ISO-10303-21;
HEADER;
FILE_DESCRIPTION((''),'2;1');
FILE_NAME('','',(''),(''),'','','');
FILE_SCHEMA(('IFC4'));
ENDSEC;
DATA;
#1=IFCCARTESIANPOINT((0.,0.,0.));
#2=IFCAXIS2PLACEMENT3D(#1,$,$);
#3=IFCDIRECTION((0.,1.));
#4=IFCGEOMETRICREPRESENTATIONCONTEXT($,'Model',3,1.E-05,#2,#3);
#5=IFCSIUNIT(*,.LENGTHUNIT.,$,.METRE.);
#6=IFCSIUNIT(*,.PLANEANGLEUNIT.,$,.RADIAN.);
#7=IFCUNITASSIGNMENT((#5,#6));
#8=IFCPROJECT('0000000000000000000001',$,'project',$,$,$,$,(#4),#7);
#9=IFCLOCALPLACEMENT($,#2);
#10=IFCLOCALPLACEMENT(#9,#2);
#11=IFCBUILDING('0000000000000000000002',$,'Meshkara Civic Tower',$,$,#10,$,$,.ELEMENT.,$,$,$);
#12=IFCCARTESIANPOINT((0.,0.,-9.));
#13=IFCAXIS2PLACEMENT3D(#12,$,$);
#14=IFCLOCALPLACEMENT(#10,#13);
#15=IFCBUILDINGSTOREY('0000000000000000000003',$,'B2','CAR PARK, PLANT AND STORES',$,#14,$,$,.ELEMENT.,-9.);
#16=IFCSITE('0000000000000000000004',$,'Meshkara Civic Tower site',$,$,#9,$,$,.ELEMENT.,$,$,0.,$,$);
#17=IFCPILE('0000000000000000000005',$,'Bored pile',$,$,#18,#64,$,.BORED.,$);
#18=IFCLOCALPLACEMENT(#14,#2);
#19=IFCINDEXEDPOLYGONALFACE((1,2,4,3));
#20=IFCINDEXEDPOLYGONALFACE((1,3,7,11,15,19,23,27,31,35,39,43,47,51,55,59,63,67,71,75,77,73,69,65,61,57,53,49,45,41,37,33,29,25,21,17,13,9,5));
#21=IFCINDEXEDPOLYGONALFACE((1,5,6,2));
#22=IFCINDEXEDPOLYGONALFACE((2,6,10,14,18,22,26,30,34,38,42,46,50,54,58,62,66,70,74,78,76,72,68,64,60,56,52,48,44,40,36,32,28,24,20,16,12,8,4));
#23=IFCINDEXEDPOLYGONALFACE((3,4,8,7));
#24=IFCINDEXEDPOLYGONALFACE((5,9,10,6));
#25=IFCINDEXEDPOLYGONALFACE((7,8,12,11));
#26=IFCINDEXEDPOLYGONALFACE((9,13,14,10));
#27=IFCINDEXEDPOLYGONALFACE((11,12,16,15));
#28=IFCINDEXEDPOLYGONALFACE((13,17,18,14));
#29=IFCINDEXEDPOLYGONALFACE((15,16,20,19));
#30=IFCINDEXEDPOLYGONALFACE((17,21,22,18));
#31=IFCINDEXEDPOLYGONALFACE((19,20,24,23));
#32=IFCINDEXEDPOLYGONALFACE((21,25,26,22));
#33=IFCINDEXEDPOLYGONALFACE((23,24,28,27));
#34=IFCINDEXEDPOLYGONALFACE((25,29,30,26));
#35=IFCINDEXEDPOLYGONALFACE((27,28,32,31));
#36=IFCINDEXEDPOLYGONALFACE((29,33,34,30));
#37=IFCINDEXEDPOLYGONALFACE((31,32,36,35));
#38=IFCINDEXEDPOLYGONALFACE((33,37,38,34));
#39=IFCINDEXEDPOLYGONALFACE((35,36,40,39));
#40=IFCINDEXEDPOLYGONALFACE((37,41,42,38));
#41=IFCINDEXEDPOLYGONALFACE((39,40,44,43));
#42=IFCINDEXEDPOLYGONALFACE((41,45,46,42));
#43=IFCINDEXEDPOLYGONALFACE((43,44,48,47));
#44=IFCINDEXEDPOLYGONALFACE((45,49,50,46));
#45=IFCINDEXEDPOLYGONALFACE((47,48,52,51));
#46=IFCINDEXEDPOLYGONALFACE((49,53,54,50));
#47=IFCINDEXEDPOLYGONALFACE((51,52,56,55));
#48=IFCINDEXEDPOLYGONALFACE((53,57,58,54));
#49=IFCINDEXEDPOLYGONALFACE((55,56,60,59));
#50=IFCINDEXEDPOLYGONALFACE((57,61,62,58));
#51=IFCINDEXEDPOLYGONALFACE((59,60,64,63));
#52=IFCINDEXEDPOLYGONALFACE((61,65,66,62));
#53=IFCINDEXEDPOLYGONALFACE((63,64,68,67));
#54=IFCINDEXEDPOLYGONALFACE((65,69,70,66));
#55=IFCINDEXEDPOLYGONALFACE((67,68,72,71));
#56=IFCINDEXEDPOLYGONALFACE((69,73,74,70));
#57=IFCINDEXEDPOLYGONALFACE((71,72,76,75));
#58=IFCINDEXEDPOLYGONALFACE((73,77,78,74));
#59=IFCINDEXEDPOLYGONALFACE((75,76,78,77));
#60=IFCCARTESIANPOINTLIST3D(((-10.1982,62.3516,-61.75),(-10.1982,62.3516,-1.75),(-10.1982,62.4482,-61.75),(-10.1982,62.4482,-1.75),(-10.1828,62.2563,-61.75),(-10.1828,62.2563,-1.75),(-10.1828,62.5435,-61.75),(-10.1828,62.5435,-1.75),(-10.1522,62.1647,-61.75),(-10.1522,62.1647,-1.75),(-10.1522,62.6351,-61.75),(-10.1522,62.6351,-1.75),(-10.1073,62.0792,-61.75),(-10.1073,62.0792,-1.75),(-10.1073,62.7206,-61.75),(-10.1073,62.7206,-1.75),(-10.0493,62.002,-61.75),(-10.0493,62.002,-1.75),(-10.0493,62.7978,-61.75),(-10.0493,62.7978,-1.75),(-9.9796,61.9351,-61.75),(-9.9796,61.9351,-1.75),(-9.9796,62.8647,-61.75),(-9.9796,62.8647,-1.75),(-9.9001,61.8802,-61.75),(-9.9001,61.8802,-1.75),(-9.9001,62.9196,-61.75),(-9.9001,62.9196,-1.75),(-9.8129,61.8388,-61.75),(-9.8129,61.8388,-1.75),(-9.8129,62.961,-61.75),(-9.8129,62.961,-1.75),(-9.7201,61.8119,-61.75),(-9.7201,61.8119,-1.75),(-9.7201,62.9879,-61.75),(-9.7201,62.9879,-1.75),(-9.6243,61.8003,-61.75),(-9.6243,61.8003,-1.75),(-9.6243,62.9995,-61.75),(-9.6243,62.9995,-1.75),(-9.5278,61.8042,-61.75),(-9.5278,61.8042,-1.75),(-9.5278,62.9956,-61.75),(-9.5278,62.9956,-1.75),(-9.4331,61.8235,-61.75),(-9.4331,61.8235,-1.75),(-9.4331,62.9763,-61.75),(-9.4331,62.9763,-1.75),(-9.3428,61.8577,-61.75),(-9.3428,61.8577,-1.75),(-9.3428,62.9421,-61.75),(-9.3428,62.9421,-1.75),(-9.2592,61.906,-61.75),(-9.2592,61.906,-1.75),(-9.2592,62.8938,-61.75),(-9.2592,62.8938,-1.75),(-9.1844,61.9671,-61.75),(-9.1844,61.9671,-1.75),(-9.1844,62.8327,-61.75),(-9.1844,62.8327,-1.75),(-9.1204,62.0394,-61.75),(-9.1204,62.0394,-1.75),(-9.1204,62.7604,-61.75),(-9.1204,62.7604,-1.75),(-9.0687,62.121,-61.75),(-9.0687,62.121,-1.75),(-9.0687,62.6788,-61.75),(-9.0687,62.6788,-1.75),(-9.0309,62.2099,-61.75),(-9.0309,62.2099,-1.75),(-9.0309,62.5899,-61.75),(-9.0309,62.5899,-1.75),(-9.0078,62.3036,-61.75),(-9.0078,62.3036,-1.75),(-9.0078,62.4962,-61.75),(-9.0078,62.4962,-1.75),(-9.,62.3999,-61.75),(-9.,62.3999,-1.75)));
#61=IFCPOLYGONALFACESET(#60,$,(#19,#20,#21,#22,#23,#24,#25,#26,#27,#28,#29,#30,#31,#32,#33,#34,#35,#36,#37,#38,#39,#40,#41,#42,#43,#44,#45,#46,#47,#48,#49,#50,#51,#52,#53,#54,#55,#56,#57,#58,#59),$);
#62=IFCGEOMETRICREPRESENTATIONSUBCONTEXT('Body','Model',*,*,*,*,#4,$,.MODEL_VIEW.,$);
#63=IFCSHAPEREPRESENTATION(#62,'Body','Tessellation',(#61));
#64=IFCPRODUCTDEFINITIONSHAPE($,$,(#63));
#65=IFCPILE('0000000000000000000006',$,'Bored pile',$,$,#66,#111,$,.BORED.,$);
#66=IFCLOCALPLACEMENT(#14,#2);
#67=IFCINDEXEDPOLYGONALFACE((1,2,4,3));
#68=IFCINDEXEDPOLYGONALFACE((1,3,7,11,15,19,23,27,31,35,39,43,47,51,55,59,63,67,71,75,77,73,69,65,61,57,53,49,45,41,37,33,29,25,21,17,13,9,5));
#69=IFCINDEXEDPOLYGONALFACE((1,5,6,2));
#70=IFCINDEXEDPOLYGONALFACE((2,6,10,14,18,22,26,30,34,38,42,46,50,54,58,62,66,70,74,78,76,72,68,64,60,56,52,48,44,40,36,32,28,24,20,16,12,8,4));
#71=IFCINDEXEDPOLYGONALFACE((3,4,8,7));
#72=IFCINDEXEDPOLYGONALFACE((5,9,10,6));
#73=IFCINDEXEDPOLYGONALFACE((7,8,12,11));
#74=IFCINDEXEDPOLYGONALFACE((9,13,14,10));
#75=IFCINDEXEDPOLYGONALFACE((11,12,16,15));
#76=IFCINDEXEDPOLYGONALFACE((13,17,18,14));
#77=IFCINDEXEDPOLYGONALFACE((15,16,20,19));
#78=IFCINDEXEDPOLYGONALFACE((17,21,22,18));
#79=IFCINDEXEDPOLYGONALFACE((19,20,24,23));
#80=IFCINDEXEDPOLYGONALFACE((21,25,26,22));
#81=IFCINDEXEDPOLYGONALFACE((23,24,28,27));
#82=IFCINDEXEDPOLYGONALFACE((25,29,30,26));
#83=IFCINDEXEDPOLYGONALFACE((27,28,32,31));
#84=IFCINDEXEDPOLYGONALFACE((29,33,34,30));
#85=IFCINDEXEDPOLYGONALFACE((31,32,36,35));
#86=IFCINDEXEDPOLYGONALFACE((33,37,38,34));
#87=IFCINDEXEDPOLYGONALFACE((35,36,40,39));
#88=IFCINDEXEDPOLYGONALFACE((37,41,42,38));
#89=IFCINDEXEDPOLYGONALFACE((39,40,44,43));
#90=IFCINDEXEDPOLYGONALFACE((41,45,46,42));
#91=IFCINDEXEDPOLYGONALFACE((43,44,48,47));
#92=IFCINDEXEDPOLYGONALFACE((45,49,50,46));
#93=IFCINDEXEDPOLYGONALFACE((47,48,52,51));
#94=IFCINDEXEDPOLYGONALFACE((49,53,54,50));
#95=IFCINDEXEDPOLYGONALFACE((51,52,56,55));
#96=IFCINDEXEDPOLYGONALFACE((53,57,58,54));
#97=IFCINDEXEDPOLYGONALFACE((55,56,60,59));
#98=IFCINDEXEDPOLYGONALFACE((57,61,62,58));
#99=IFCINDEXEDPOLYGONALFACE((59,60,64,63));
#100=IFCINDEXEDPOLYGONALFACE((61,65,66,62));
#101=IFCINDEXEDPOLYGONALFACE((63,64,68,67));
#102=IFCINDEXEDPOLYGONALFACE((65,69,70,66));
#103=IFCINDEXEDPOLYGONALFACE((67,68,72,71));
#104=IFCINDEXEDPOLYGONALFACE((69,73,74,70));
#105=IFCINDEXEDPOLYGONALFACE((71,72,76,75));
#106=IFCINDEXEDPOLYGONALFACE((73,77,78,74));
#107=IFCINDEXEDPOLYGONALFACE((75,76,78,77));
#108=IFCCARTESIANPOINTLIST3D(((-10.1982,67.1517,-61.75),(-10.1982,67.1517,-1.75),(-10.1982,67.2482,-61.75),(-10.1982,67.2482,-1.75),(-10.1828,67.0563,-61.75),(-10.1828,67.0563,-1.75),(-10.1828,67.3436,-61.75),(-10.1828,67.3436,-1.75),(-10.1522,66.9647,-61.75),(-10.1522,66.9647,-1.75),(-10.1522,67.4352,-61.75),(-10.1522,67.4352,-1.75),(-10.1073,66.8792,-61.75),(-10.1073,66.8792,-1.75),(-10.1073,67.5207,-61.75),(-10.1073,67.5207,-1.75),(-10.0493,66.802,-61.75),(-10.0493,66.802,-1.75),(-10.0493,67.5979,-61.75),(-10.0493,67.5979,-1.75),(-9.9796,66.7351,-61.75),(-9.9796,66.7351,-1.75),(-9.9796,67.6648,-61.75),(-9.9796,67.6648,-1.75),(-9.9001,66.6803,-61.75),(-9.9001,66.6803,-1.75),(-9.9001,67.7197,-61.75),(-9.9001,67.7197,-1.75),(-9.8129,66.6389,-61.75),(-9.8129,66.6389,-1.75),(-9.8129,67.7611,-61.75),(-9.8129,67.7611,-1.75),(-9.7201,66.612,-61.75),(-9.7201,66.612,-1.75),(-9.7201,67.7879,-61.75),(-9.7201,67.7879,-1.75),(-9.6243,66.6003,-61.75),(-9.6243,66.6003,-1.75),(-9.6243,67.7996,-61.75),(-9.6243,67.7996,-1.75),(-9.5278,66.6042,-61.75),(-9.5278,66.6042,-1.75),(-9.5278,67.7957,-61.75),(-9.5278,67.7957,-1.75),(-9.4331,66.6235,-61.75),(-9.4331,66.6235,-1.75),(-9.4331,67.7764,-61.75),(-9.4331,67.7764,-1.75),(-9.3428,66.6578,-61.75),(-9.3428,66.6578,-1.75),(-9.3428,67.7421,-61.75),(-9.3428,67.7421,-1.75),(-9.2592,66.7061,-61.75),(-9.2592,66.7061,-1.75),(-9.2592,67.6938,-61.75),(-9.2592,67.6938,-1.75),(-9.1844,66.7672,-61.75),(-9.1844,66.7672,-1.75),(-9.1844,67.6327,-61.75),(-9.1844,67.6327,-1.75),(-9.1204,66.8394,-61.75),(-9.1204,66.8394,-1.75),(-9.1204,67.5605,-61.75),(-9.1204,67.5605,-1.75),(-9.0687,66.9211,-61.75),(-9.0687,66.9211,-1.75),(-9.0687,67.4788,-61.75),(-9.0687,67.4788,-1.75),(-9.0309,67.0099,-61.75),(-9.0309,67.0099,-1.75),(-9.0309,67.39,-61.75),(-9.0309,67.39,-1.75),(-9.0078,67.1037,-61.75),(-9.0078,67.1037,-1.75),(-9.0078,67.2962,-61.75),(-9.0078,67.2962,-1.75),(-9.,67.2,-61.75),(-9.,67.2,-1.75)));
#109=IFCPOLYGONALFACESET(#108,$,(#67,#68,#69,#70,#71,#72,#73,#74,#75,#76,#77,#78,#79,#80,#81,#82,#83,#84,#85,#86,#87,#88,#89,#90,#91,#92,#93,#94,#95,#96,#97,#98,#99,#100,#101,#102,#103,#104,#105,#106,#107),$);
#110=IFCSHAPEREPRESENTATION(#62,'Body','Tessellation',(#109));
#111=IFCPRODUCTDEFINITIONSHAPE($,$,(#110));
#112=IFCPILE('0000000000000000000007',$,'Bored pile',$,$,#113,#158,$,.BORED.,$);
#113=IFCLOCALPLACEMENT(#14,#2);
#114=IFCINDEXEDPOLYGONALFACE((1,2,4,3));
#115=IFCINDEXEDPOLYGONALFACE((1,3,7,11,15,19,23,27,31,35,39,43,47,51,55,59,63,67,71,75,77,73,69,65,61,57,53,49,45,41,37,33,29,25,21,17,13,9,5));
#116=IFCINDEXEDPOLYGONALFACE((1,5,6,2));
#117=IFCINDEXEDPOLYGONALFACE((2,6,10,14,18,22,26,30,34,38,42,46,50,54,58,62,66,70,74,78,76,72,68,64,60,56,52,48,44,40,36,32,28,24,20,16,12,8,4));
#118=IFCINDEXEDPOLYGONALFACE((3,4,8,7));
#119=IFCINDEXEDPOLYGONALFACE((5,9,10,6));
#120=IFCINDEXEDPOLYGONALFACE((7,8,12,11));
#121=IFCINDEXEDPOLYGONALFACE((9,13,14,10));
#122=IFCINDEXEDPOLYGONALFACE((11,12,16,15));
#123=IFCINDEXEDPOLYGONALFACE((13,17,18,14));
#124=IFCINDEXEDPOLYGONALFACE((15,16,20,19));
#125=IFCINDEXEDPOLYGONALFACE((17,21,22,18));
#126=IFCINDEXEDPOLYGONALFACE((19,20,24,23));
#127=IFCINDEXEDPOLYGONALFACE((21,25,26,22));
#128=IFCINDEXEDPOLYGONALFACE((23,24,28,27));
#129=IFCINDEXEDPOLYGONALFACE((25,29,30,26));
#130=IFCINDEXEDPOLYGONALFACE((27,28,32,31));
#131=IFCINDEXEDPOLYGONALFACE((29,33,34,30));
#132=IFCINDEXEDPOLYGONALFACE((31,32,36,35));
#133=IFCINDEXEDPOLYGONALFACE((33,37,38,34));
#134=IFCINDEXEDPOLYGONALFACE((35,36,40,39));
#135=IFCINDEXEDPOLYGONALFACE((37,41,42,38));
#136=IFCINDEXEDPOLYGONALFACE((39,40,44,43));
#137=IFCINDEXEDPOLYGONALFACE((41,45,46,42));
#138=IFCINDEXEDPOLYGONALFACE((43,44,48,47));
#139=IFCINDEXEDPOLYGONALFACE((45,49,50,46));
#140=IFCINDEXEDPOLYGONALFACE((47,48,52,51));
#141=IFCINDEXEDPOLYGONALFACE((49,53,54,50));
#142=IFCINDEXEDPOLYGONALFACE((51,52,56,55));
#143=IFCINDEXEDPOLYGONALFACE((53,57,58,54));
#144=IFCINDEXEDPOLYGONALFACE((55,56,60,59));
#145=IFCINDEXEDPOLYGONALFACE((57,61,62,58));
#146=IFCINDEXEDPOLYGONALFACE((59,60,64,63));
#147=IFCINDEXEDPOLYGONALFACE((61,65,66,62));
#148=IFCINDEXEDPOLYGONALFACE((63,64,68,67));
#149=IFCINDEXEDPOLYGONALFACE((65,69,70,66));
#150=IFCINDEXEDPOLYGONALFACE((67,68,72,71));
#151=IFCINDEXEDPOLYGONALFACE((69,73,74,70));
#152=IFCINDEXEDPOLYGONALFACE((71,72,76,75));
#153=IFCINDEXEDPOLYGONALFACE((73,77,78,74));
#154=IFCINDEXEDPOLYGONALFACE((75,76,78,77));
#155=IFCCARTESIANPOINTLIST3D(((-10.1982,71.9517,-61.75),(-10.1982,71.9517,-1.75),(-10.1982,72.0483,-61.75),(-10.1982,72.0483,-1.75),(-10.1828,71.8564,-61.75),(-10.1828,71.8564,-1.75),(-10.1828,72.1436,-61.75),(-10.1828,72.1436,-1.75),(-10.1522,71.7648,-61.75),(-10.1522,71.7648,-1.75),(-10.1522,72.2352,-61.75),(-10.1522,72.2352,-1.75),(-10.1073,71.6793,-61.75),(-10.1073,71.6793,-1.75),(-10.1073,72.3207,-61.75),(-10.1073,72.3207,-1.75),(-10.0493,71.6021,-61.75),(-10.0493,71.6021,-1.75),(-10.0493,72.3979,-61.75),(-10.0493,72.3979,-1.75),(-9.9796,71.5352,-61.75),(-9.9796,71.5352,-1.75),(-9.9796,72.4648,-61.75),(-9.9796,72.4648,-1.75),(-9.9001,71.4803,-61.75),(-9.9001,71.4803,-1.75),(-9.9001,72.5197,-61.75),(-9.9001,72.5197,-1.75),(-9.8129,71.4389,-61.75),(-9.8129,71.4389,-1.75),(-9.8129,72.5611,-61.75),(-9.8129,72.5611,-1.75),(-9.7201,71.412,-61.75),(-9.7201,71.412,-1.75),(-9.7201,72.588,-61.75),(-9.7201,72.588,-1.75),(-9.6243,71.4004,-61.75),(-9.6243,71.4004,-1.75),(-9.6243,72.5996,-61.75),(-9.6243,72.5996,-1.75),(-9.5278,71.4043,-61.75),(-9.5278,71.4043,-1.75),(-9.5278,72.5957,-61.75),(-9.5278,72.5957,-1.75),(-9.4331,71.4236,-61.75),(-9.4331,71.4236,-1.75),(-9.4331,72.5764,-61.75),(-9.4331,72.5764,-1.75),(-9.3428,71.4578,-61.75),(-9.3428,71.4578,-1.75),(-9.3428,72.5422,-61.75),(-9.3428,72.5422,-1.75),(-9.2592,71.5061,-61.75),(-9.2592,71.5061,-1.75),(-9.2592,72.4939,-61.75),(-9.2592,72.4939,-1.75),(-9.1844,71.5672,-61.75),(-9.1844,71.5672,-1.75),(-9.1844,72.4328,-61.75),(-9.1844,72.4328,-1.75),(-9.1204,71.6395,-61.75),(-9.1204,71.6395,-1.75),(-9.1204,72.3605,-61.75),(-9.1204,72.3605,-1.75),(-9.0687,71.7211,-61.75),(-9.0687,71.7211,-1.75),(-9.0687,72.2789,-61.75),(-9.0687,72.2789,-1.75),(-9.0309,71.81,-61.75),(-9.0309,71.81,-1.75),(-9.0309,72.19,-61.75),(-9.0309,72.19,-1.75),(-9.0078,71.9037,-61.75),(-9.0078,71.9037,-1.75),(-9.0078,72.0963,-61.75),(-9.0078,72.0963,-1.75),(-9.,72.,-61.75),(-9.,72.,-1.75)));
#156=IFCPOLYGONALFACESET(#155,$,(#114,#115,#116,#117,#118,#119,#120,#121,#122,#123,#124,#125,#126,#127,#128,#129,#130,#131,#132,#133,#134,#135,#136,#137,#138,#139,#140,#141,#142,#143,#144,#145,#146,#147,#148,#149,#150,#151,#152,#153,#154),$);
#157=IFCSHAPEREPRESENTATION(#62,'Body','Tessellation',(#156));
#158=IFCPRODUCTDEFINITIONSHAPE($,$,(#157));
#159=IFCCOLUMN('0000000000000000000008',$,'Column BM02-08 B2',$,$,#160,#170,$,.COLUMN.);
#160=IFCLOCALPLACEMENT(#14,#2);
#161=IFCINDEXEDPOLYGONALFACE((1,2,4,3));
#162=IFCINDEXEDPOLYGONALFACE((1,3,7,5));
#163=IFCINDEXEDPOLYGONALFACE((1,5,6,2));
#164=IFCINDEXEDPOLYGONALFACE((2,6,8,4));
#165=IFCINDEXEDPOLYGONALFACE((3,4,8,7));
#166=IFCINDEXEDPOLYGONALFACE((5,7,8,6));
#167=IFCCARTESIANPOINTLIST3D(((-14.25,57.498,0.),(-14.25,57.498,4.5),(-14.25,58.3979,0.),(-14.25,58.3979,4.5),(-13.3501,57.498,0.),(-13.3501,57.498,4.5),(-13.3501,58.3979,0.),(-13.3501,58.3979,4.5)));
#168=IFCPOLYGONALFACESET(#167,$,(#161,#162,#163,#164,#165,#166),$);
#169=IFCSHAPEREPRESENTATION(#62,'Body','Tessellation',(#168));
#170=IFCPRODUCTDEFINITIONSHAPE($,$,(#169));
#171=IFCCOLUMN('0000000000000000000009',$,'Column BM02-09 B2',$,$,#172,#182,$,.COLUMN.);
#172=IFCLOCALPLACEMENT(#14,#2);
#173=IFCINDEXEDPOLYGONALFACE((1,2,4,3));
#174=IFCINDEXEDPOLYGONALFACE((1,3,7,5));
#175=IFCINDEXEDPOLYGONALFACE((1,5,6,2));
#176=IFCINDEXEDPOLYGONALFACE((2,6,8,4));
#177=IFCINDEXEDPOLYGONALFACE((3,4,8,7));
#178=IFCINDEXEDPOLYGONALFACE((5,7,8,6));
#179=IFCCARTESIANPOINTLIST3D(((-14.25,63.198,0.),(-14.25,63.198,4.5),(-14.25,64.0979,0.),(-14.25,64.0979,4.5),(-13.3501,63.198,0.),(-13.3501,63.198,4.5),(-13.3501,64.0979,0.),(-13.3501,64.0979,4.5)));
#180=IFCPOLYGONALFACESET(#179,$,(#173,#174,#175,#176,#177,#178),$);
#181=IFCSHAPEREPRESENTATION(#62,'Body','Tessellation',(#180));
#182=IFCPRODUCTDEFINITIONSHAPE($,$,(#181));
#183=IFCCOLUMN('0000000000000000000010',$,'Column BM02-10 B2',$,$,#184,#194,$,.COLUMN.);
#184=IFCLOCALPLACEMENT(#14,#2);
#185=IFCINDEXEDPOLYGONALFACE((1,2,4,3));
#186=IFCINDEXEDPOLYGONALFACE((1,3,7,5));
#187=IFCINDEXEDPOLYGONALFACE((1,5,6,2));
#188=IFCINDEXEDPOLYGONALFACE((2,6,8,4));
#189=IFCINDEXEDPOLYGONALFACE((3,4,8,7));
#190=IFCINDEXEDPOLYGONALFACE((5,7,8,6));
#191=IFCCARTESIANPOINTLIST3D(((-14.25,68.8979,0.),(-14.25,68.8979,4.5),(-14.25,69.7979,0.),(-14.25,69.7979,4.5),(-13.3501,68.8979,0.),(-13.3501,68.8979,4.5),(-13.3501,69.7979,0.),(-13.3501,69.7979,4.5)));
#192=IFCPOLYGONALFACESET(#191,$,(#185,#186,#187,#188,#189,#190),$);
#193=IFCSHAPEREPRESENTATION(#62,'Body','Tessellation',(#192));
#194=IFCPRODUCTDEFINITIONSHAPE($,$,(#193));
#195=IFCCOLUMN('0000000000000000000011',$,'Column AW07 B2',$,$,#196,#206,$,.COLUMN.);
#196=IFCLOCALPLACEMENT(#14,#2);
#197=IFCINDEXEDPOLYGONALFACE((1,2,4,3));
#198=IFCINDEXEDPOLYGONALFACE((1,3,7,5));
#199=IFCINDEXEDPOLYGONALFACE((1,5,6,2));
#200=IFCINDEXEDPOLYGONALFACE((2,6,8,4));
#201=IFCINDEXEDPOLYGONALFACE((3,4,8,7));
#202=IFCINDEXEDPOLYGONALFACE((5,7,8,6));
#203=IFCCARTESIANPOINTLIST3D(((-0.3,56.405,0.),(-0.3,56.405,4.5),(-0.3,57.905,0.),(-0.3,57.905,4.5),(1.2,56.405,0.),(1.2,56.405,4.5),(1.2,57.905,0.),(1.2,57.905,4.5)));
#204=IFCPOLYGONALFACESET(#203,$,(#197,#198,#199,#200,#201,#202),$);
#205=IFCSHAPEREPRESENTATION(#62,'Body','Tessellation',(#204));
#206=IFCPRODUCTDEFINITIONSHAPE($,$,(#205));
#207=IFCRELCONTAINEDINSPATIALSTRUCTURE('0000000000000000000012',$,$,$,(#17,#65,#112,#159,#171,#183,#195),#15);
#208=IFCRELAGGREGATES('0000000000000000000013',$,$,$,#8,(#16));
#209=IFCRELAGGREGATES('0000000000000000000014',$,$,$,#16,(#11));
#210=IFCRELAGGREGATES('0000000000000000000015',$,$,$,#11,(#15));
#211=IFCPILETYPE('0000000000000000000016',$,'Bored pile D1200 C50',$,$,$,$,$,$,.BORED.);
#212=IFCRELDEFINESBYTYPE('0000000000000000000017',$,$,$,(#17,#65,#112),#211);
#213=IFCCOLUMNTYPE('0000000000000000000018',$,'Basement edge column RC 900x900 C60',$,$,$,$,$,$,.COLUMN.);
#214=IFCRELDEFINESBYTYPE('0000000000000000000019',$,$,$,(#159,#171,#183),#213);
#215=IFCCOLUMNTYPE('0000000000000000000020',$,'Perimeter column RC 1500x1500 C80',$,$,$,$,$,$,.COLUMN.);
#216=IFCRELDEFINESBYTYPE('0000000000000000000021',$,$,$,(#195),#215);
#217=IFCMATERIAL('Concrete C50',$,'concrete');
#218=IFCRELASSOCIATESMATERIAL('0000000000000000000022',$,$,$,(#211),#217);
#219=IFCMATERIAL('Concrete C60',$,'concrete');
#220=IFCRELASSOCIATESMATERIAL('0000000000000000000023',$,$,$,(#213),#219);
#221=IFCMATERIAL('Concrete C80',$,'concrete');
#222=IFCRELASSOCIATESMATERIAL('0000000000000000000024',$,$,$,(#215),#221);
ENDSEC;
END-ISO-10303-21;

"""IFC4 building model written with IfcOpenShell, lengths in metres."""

from ifc_helpers import new_model, si_unit, direction, frame, origin, origin_2d, place, context, subcontext, project, spatial, rectangle, circle, extrude, material, material_profile, profile_set, type_object, element, save


model = new_model("IFC4")

# Units and contexts
model_context = context("Model", 3, precision=1e-05, world=origin(), true_north=direction((0.0, 1.0)))
body_context = subcontext(model_context, "Body", "Model", "MODEL_VIEW")
ifc_project = project(units=[si_unit("LENGTHUNIT", "METRE"), si_unit("PLANEANGLEUNIT", "RADIAN")], contexts=[model_context])

# Site, building, storey
site_placement = place(None, origin())
site = spatial("IfcSite", under=ifc_project, at=site_placement, Name="Meshkara Civic Tower site", CompositionType="ELEMENT", RefElevation=0.0)
building_placement = place(site_placement, origin())
building = spatial("IfcBuilding", under=site, at=building_placement, Name="Meshkara Civic Tower", CompositionType="ELEMENT")
storey_placement = place(building_placement, frame((0.0, 0.0, -9.0)))
storey = spatial("IfcBuildingStorey", under=building, at=storey_placement, Name="B2", Description="CAR PARK, PLANT AND STORES", CompositionType="ELEMENT", Elevation=-9.0)

# Piles
ifc_material_1 = material(Name="Concrete C50", Category="concrete")
ifc_material_profile_1 = material_profile(ifc_material_1, circle(Radius=0.6001, at=origin_2d()))
ifc_profile_set_1 = profile_set([ifc_material_profile_1], Name="Concrete C50")
pile_type = type_object("IfcPileType", Name="Bored pile D1200 C50", PredefinedType="BORED", material=ifc_profile_set_1)
for number, where, z_axis, x_axis, name in (
    (1, (-9.6001, 62.3999, -1.75), (0.0, 0.0, -1.0), (1.0, 0.0, 0.0), "Bored pile"),
    (2, (-9.6001, 67.2, -1.75), (0.0, 0.0, -1.0), (1.0, 0.0, 0.0), "Bored pile"),
    (3, (-9.6001, 72.0, -1.75), (0.0, 0.0, -1.0), (1.0, 0.0, 0.0), "Bored pile"),
):
    element("IfcPile", number, at=place(storey_placement, frame(where, z_axis=z_axis, x_axis=x_axis)), inside=storey, type_object=pile_type, Name=name, PredefinedType="BORED", context=body_context, shape_type="SweptSolid", body=[
        extrude(circle(Radius=0.6001, at=origin_2d()), origin(), (0.0, 0.0, 1.0), 60.0),
    ])

# Columns
ifc_material_2 = material(Name="Concrete C60", Category="concrete")
ifc_material_profile_2 = material_profile(ifc_material_2, rectangle(XDim=0.8999, YDim=0.8999, at=origin_2d()))
ifc_profile_set_2 = profile_set([ifc_material_profile_2], Name="Concrete C60")
column_type_1 = type_object("IfcColumnType", Name="Basement edge column RC 900x900 C60", PredefinedType="COLUMN", material=ifc_profile_set_2)
for number, where, z_axis, x_axis, name in (
    (4, (-13.8, 57.948, 0.0), (0.0, 0.0, 1.0), (1.0, 0.0, 0.0), "Column BM02-08 B2"),
    (5, (-13.8, 63.6479, 0.0), (0.0, 0.0, 1.0), (1.0, 0.0, 0.0), "Column BM02-09 B2"),
    (6, (-13.8, 69.3479, 0.0), (0.0, 0.0, 1.0), (1.0, 0.0, 0.0), "Column BM02-10 B2"),
):
    element("IfcColumn", number, at=place(storey_placement, frame(where, z_axis=z_axis, x_axis=x_axis)), inside=storey, type_object=column_type_1, Name=name, PredefinedType="COLUMN", context=body_context, shape_type="SweptSolid", body=[
        extrude(rectangle(XDim=0.8999, YDim=0.8999, at=origin_2d()), origin(), (0.0, 0.0, 1.0), 4.5),
    ])
ifc_material_3 = material(Name="Concrete C80", Category="concrete")
ifc_material_profile_3 = material_profile(ifc_material_3, rectangle(XDim=1.5, YDim=1.5, at=origin_2d()))
ifc_profile_set_3 = profile_set([ifc_material_profile_3], Name="Concrete C80")
column_type_2 = type_object("IfcColumnType", Name="Perimeter column RC 1500x1500 C80", PredefinedType="COLUMN", material=ifc_profile_set_3)
for number, where, z_axis, x_axis, name in (
    (7, (0.45, 57.155, 0.0), (0.0, 0.0, 1.0), (1.0, 0.0, 0.0), "Column AW07 B2"),
):
    element("IfcColumn", number, at=place(storey_placement, frame(where, z_axis=z_axis, x_axis=x_axis)), inside=storey, type_object=column_type_2, Name=name, PredefinedType="COLUMN", context=body_context, shape_type="SweptSolid", body=[
        extrude(rectangle(XDim=1.5, YDim=1.5, at=origin_2d()), origin(), (0.0, 0.0, 1.0), 4.5),
    ])

save(model, "model.ifc")
